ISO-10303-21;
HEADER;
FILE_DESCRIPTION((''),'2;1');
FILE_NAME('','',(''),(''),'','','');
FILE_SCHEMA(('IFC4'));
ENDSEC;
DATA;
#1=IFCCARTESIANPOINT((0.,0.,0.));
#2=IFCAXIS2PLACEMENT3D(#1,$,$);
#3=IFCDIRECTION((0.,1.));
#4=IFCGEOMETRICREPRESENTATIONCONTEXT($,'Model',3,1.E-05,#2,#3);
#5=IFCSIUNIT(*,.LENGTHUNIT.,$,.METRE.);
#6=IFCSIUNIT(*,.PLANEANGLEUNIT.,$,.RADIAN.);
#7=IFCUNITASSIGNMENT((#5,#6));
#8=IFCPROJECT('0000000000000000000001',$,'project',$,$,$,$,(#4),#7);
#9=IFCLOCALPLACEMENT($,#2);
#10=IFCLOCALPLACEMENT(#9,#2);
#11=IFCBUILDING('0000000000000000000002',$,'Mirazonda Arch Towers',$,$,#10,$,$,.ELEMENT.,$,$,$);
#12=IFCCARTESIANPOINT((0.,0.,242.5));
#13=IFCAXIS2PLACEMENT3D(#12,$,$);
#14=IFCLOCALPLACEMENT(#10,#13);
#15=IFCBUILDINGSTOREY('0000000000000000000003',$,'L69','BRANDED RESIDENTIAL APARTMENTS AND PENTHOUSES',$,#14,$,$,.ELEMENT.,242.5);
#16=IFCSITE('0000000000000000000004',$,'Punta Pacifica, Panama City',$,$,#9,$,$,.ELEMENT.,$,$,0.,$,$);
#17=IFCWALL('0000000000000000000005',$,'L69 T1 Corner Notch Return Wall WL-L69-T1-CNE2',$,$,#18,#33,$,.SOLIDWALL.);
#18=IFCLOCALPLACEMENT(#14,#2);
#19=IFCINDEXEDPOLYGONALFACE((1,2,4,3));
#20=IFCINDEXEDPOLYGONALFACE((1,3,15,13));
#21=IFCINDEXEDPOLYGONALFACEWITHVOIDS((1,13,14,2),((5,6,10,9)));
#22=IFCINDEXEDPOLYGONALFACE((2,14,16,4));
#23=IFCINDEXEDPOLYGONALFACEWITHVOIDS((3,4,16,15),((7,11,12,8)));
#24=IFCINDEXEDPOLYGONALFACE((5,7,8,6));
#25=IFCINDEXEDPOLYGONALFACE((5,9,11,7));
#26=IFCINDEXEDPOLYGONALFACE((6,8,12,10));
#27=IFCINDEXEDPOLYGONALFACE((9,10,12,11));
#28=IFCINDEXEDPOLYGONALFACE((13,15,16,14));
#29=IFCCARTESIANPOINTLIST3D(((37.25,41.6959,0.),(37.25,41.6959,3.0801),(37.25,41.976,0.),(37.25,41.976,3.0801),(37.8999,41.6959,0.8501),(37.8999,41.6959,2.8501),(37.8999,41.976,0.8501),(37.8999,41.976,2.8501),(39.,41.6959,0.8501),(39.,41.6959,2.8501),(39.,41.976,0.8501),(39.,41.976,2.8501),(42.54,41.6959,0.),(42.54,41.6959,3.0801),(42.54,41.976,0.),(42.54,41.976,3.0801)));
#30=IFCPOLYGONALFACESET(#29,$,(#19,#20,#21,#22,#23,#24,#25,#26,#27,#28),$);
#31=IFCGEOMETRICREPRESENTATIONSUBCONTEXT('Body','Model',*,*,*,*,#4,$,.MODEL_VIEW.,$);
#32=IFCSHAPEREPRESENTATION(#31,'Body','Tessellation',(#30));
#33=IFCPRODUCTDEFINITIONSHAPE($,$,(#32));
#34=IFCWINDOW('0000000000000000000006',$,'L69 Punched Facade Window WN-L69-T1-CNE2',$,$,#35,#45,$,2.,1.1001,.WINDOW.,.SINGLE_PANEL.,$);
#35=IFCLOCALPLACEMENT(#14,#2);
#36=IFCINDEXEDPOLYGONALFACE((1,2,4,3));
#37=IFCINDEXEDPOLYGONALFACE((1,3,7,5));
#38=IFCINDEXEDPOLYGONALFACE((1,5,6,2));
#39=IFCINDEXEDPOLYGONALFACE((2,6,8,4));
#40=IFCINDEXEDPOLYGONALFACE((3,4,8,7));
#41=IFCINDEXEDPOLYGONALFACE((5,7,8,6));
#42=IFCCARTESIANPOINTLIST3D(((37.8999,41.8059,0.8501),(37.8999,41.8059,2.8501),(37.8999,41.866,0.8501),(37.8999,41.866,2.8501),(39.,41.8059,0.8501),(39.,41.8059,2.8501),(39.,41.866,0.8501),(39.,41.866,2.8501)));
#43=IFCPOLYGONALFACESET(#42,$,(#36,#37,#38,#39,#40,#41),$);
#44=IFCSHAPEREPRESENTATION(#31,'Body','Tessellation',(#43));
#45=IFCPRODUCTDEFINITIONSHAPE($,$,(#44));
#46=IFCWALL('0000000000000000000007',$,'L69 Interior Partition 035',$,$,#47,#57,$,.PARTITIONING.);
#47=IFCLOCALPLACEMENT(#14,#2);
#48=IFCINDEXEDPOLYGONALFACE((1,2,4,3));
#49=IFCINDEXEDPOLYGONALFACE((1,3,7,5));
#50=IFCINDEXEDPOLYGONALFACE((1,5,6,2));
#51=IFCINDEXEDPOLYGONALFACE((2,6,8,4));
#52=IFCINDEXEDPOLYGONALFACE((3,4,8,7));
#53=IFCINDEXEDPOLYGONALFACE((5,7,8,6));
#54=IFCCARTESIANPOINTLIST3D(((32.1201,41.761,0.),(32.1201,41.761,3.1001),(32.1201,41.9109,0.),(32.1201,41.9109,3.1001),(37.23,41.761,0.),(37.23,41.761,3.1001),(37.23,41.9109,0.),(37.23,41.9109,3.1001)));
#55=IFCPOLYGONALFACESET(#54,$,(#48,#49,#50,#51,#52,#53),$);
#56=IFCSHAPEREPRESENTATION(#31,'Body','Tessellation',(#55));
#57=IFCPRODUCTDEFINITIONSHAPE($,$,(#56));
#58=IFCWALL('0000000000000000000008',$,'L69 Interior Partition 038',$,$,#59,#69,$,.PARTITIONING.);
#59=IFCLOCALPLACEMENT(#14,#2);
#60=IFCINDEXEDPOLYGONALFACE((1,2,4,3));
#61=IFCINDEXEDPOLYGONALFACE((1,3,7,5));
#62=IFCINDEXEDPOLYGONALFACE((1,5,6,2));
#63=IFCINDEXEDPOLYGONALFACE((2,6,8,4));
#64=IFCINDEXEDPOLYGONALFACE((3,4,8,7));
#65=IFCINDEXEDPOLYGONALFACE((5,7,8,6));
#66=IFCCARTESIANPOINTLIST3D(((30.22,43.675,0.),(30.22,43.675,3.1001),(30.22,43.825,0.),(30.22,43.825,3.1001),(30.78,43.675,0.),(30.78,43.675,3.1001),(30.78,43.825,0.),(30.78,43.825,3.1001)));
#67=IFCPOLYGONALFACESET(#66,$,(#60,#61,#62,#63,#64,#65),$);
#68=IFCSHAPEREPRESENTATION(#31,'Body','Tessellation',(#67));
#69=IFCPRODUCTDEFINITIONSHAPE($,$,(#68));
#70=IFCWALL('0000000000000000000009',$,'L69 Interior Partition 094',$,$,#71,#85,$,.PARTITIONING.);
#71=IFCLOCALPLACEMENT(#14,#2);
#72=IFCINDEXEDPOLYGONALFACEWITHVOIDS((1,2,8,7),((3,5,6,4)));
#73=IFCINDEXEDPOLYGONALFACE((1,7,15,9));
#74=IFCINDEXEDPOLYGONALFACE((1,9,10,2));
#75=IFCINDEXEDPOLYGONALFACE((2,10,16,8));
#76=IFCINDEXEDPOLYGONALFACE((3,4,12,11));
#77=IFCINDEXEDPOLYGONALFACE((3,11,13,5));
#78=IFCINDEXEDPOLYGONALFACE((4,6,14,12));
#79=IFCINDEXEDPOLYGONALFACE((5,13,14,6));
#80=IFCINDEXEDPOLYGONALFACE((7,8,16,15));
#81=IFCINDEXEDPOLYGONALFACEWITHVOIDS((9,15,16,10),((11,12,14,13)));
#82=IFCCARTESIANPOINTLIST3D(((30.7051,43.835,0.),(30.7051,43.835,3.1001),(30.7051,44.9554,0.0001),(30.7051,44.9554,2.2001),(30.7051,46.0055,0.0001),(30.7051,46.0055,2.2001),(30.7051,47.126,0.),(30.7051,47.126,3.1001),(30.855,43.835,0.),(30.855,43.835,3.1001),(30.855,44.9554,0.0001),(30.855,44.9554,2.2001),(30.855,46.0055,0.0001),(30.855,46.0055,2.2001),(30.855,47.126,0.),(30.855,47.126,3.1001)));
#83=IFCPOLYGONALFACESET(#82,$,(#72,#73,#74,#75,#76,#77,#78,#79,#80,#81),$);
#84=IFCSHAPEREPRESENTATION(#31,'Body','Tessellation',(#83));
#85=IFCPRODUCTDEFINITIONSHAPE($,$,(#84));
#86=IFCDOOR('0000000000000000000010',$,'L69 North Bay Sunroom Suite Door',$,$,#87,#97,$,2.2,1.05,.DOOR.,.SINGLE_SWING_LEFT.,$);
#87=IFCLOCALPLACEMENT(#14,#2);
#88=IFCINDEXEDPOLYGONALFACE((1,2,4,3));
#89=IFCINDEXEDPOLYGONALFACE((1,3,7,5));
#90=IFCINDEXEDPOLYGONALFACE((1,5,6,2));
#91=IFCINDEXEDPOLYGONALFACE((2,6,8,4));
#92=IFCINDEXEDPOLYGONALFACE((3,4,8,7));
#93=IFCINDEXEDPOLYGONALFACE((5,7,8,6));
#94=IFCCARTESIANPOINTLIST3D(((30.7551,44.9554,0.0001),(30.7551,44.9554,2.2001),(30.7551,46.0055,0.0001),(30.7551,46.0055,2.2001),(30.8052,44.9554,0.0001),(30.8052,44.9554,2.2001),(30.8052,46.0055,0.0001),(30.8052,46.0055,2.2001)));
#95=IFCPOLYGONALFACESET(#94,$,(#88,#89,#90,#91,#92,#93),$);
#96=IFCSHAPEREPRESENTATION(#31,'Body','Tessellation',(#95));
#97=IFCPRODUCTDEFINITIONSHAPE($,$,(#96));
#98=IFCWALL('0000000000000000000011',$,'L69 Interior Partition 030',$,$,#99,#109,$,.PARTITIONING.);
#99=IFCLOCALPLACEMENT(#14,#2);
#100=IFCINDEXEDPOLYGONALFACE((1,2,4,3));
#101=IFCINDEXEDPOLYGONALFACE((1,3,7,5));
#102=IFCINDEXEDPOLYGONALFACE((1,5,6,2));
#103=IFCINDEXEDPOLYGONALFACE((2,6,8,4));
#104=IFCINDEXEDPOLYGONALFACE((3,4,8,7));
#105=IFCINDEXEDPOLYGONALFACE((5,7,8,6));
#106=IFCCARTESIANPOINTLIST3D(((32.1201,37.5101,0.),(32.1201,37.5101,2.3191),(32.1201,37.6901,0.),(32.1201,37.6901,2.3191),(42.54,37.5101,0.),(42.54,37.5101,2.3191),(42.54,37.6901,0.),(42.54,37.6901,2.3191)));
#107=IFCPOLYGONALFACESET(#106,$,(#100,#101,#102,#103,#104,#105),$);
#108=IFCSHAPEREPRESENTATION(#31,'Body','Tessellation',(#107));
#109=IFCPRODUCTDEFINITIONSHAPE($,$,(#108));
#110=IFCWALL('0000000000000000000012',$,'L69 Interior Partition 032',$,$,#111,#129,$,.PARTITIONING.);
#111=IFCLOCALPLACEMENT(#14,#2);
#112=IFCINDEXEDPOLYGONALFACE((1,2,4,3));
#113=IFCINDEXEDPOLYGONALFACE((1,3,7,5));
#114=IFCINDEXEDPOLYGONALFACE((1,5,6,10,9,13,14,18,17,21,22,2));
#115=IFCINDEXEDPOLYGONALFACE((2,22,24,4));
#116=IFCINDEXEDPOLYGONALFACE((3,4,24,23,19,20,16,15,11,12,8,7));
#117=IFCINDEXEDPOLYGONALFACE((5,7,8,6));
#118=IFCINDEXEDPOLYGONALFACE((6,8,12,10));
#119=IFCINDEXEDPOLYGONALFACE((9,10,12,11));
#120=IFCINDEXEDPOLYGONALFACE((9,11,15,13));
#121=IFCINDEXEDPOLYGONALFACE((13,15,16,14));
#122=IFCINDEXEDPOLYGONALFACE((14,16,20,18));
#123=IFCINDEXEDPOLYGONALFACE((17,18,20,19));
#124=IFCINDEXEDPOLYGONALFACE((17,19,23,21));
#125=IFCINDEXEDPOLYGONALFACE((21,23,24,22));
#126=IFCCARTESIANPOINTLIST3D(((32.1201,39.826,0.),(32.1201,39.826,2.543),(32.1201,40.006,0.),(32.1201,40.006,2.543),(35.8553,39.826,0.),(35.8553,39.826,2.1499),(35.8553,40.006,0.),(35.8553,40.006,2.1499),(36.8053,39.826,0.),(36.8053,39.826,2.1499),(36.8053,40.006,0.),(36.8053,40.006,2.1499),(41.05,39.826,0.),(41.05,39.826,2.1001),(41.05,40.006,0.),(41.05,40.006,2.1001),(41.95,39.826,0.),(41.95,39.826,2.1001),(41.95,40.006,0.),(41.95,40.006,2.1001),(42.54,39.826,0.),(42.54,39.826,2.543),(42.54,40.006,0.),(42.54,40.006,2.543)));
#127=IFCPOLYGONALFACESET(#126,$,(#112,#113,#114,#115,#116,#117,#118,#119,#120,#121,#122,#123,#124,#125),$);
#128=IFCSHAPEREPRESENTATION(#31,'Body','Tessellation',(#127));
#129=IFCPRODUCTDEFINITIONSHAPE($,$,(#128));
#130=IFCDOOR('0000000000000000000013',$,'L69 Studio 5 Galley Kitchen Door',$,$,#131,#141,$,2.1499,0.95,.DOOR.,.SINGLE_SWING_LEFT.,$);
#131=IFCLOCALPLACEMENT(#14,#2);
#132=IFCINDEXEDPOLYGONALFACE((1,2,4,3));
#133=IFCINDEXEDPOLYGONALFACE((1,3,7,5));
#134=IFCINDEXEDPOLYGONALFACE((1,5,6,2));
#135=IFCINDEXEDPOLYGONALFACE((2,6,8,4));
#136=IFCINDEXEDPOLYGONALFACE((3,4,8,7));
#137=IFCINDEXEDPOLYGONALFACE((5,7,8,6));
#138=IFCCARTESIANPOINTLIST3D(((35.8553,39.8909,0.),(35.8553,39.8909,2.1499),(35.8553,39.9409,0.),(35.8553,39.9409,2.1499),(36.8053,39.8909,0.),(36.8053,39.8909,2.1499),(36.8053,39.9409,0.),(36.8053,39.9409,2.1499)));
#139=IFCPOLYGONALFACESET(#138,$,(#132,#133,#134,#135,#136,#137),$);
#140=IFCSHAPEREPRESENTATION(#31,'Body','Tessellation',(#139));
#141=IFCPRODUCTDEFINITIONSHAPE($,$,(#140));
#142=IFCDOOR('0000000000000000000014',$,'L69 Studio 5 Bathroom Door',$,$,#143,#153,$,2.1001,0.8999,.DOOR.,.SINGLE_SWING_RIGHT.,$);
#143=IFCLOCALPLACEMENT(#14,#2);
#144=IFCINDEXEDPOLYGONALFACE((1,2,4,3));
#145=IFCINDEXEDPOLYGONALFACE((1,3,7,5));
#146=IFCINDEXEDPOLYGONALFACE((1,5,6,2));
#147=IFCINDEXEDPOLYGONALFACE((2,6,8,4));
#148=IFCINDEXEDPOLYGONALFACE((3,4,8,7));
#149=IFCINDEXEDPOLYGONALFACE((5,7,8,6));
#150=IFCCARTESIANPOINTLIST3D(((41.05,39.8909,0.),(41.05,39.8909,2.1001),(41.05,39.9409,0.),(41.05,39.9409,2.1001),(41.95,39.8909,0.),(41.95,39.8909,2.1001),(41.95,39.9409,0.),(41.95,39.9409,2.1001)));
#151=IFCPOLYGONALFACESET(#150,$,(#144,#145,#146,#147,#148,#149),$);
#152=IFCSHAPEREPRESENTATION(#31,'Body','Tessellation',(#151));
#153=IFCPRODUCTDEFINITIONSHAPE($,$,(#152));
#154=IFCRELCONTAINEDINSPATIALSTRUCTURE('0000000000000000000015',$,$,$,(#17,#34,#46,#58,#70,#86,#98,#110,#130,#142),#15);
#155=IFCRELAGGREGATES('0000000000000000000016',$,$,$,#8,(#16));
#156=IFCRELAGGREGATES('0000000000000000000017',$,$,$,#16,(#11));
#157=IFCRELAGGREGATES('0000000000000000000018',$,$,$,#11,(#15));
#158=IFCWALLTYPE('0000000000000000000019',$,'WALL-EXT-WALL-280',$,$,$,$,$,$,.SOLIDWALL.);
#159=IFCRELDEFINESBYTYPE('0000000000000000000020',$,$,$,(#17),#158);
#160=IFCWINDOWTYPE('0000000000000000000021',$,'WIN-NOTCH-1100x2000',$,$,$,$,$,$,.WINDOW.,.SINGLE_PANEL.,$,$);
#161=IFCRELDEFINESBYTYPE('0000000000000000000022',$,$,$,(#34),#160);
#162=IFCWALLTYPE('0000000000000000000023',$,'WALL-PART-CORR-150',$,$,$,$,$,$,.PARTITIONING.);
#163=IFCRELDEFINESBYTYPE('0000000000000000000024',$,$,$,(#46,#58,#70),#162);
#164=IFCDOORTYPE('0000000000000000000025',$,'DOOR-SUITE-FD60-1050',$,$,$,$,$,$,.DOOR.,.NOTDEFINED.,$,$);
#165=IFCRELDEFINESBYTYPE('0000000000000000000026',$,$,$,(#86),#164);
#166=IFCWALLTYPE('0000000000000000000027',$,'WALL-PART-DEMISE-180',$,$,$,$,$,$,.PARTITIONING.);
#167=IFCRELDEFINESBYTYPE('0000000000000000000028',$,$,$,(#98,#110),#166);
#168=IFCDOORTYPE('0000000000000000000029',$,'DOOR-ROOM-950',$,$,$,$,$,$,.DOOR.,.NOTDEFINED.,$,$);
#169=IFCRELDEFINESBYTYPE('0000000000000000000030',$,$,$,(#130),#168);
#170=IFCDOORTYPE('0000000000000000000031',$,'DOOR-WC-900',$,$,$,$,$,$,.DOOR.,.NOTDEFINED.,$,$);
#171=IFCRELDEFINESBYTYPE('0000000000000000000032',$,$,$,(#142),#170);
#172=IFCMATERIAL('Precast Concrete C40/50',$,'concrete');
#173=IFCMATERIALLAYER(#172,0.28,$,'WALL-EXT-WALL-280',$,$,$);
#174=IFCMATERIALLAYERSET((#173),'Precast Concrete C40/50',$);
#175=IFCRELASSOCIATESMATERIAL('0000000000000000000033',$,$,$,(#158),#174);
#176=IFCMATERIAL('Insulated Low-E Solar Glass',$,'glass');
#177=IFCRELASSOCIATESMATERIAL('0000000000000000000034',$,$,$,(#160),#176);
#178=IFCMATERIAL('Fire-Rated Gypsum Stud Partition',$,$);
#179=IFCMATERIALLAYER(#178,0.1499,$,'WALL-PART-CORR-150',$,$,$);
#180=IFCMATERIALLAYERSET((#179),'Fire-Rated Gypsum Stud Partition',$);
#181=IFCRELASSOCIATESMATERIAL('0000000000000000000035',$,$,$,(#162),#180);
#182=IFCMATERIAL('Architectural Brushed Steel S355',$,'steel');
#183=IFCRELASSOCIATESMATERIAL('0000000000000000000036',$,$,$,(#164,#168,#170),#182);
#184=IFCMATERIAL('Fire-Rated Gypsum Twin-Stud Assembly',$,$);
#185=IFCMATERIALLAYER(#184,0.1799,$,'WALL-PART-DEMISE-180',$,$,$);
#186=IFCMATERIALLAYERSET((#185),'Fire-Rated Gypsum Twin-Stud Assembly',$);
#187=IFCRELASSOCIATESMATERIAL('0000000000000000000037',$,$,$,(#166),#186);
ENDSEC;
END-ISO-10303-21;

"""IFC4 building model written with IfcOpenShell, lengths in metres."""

from ifc_helpers import new_model, si_unit, direction, frame, frame_2d, origin, place, context, subcontext, project, spatial, rectangle, extrude, material, layer, layer_set, type_object, element, fill, save


model = new_model("IFC4")

# Units and contexts
model_context = context("Model", 3, precision=1e-05, world=origin(), true_north=direction((0.0, 1.0)))
body_context = subcontext(model_context, "Body", "Model", "MODEL_VIEW")
ifc_project = project(units=[si_unit("LENGTHUNIT", "METRE"), si_unit("PLANEANGLEUNIT", "RADIAN")], contexts=[model_context])

# Site, building, storey
site_placement = place(None, origin())
site = spatial("IfcSite", under=ifc_project, at=site_placement, Name="Punta Pacifica, Panama City", CompositionType="ELEMENT", RefElevation=0.0)
building_placement = place(site_placement, origin())
building = spatial("IfcBuilding", under=site, at=building_placement, Name="Mirazonda Arch Towers", CompositionType="ELEMENT")
storey_placement = place(building_placement, frame((0.0, 0.0, 242.5)))
storey = spatial("IfcBuildingStorey", under=building, at=storey_placement, Name="L69", Description="BRANDED RESIDENTIAL APARTMENTS AND PENTHOUSES", CompositionType="ELEMENT", Elevation=242.5)

# Shared definitions
ifc_material_1 = material(Name="Insulated Low-E Solar Glass", Category="glass")

# Wall, opening, window
ifc_material_2 = material(Name="Precast Concrete C40/50", Category="concrete")
ifc_layer_1 = layer(ifc_material_2, 0.28, Name="WALL-EXT-WALL-280")
ifc_layer_set_1 = layer_set([ifc_layer_1], Name="Precast Concrete C40/50")
wall_type_1 = type_object("IfcWallType", Name="WALL-EXT-WALL-280", PredefinedType="SOLIDWALL", material=ifc_layer_set_1)
window_type = type_object("IfcWindowType", Name="WIN-NOTCH-1100x2000", PartitioningType="SINGLE_PANEL", PredefinedType="WINDOW", material=ifc_material_1)
wall_1_placement = place(storey_placement, frame((42.54, 41.8359, 0.0), z_axis=(0.0, 0.0, 1.0), x_axis=(-1.0, 0.0, 0.0)))
wall_1 = element("IfcWall", 1, at=wall_1_placement, inside=storey, type_object=wall_type_1, Name="L69 T1 Corner Notch Return Wall WL-L69-T1-CNE2", PredefinedType="SOLIDWALL", context=body_context, shape_type="SweptSolid", body=[
    extrude(rectangle(XDim=5.29, YDim=0.28, at=frame_2d((2.645, 0.0))), origin(), (0.0, 0.0, 1.0), 3.0801),
])
opening_1_placement = place(wall_1_placement, frame((3.54, 0.0, 0.8501)))
opening_1 = element("IfcOpeningElement", 2, at=opening_1_placement, cuts=wall_1, PredefinedType="OPENING", context=body_context, shape_type="SweptSolid", body=[
    extrude(rectangle(XDim=1.1001, YDim=2.0, at=frame_2d((0.55, 1.0))), frame((0.0, 0.1499, 0.0), z_axis=(0.0, -1.0, 0.0), x_axis=(1.0, 0.0, 0.0)), (0.0, 0.0, 1.0), 0.3),
])
window_1_placement = place(opening_1_placement, origin())
window_1 = element("IfcWindow", 3, at=window_1_placement, inside=storey, type_object=window_type, Name="L69 Punched Facade Window WN-L69-T1-CNE2", OverallHeight=2.0, OverallWidth=1.1001, PartitioningType="SINGLE_PANEL", PredefinedType="WINDOW", context=body_context, shape_type="SweptSolid", body=[
    extrude(rectangle(XDim=1.1001, YDim=2.0, at=frame_2d((0.55, 1.0))), frame((0.0, 0.03, 0.0), z_axis=(0.0, -1.0, 0.0), x_axis=(1.0, 0.0, 0.0)), (0.0, 0.0, 1.0), 0.0601),
])
fill(opening_1, window_1)

# Walls
ifc_material_3 = material(Name="Fire-Rated Gypsum Stud Partition")
ifc_layer_2 = layer(ifc_material_3, 0.1499, Name="WALL-PART-CORR-150")
ifc_layer_set_2 = layer_set([ifc_layer_2], Name="Fire-Rated Gypsum Stud Partition")
wall_type_2 = type_object("IfcWallType", Name="WALL-PART-CORR-150", PredefinedType="PARTITIONING", material=ifc_layer_set_2)
wall_2_placement = place(storey_placement, frame((32.1201, 41.8359, 0.0), z_axis=(0.0, 0.0, 1.0), x_axis=(1.0, 0.0, 0.0)))
element("IfcWall", 4, at=wall_2_placement, inside=storey, type_object=wall_type_2, Name="L69 Interior Partition 035", PredefinedType="PARTITIONING", context=body_context, shape_type="SweptSolid", body=[
    extrude(rectangle(XDim=5.1099, YDim=0.1499, at=frame_2d((2.5549, 0.0))), origin(), (0.0, 0.0, 1.0), 3.1001),
])
wall_3_placement = place(storey_placement, frame((30.22, 43.75, 0.0), z_axis=(0.0, 0.0, 1.0), x_axis=(1.0, 0.0, 0.0)))
element("IfcWall", 5, at=wall_3_placement, inside=storey, type_object=wall_type_2, Name="L69 Interior Partition 038", PredefinedType="PARTITIONING", context=body_context, shape_type="SweptSolid", body=[
    extrude(rectangle(XDim=0.5601, YDim=0.1499, at=frame_2d((0.28, 0.0))), origin(), (0.0, 0.0, 1.0), 3.1001),
])

# Wall, opening, door
wall_4_placement = place(storey_placement, frame((30.78, 43.835, 0.0), z_axis=(0.0, 0.0, 1.0), x_axis=(0.0, 1.0, 0.0)))
wall_4 = element("IfcWall", 6, at=wall_4_placement, inside=storey, type_object=wall_type_2, Name="L69 Interior Partition 094", PredefinedType="PARTITIONING", context=body_context, shape_type="SweptSolid", body=[
    extrude(rectangle(XDim=3.291, YDim=0.1499, at=frame_2d((1.6455, 0.0))), origin(), (0.0, 0.0, 1.0), 3.1001),
])
opening_2_placement = place(wall_4_placement, frame((1.1206, 0.0, 0.0)))
opening_2 = element("IfcOpeningElement", 7, at=opening_2_placement, cuts=wall_4, PredefinedType="OPENING", context=body_context, shape_type="SweptSolid", body=[
    extrude(rectangle(XDim=1.05, YDim=2.2, at=frame_2d((0.5249, 1.1001))), frame((0.0, 0.085, 0.0), z_axis=(0.0, -1.0, 0.0), x_axis=(1.0, 0.0, 0.0)), (0.0, 0.0, 1.0), 0.1699),
])
ifc_material_4 = material(Name="Architectural Brushed Steel S355", Category="steel")
door_type_1 = type_object("IfcDoorType", Name="DOOR-SUITE-FD60-1050", OperationType="NOTDEFINED", PredefinedType="DOOR", material=ifc_material_4)
door_1_placement = place(opening_2_placement, origin())
door_1 = element("IfcDoor", 8, at=door_1_placement, inside=storey, type_object=door_type_1, Name="L69 North Bay Sunroom Suite Door", OperationType="SINGLE_SWING_LEFT", OverallHeight=2.2, OverallWidth=1.05, PredefinedType="DOOR", context=body_context, shape_type="SweptSolid", body=[
    extrude(rectangle(XDim=1.05, YDim=2.2, at=frame_2d((0.5249, 1.1001))), frame((0.0, 0.0249, 0.0), z_axis=(0.0, -1.0, 0.0), x_axis=(1.0, 0.0, 0.0)), (0.0, 0.0, 1.0), 0.05),
])
fill(opening_2, door_1)

# Wall
ifc_material_5 = material(Name="Fire-Rated Gypsum Twin-Stud Assembly")
ifc_layer_3 = layer(ifc_material_5, 0.1799, Name="WALL-PART-DEMISE-180")
ifc_layer_set_3 = layer_set([ifc_layer_3], Name="Fire-Rated Gypsum Twin-Stud Assembly")
wall_type_3 = type_object("IfcWallType", Name="WALL-PART-DEMISE-180", PredefinedType="PARTITIONING", material=ifc_layer_set_3)
wall_5_placement = place(storey_placement, frame((32.1201, 37.6001, 0.0), z_axis=(0.0, 0.0, 1.0), x_axis=(1.0, 0.0, 0.0)))
element("IfcWall", 9, at=wall_5_placement, inside=storey, type_object=wall_type_3, Name="L69 Interior Partition 030", PredefinedType="PARTITIONING", context=body_context, shape_type="SweptSolid", body=[
    extrude(rectangle(XDim=10.4199, YDim=0.1799, at=frame_2d((5.21, 0.0))), origin(), (0.0, 0.0, 1.0), 2.3191),
])

# Wall, openings, doors
wall_6_placement = place(storey_placement, frame((32.1201, 39.916, 0.0), z_axis=(0.0, 0.0, 1.0), x_axis=(1.0, 0.0, 0.0)))
wall_6 = element("IfcWall", 10, at=wall_6_placement, inside=storey, type_object=wall_type_3, Name="L69 Interior Partition 032", PredefinedType="PARTITIONING", context=body_context, shape_type="SweptSolid", body=[
    extrude(rectangle(XDim=10.4199, YDim=0.1799, at=frame_2d((5.21, 0.0))), origin(), (0.0, 0.0, 1.0), 2.543),
])
opening_3_placement = place(wall_6_placement, frame((3.7351, 0.0, 0.0)))
opening_3 = element("IfcOpeningElement", 11, at=opening_3_placement, cuts=wall_6, PredefinedType="OPENING", context=body_context, shape_type="SweptSolid", body=[
    extrude(rectangle(XDim=0.95, YDim=2.1499, at=frame_2d((0.4751, 1.075))), frame((0.0, 0.0999, 0.0), z_axis=(0.0, -1.0, 0.0), x_axis=(1.0, 0.0, 0.0)), (0.0, 0.0, 1.0), 0.2),
])
opening_4_placement = place(wall_6_placement, frame((8.9299, 0.0, 0.0)))
opening_4 = element("IfcOpeningElement", 12, at=opening_4_placement, cuts=wall_6, PredefinedType="OPENING", context=body_context, shape_type="SweptSolid", body=[
    extrude(rectangle(XDim=0.8999, YDim=2.1001, at=frame_2d((0.45, 1.05))), frame((0.0, 0.0999, 0.0), z_axis=(0.0, -1.0, 0.0), x_axis=(1.0, 0.0, 0.0)), (0.0, 0.0, 1.0), 0.2),
])
door_type_2 = type_object("IfcDoorType", Name="DOOR-ROOM-950", OperationType="NOTDEFINED", PredefinedType="DOOR", material=ifc_material_4)
door_2_placement = place(opening_3_placement, origin())
door_2 = element("IfcDoor", 13, at=door_2_placement, inside=storey, type_object=door_type_2, Name="L69 Studio 5 Galley Kitchen Door", OperationType="SINGLE_SWING_LEFT", OverallHeight=2.1499, OverallWidth=0.95, PredefinedType="DOOR", context=body_context, shape_type="SweptSolid", body=[
    extrude(rectangle(XDim=0.95, YDim=2.1499, at=frame_2d((0.4751, 1.075))), frame((0.0, 0.0249, 0.0), z_axis=(0.0, -1.0, 0.0), x_axis=(1.0, 0.0, 0.0)), (0.0, 0.0, 1.0), 0.05),
])
fill(opening_3, door_2)
door_type_3 = type_object("IfcDoorType", Name="DOOR-WC-900", OperationType="NOTDEFINED", PredefinedType="DOOR", material=ifc_material_4)
door_3_placement = place(opening_4_placement, origin())
door_3 = element("IfcDoor", 14, at=door_3_placement, inside=storey, type_object=door_type_3, Name="L69 Studio 5 Bathroom Door", OperationType="SINGLE_SWING_RIGHT", OverallHeight=2.1001, OverallWidth=0.8999, PredefinedType="DOOR", context=body_context, shape_type="SweptSolid", body=[
    extrude(rectangle(XDim=0.8999, YDim=2.1001, at=frame_2d((0.45, 1.05))), frame((0.0, 0.0249, 0.0), z_axis=(0.0, -1.0, 0.0), x_axis=(1.0, 0.0, 0.0)), (0.0, 0.0, 1.0), 0.05),
])
fill(opening_4, door_3)

save(model, "model.ifc")
